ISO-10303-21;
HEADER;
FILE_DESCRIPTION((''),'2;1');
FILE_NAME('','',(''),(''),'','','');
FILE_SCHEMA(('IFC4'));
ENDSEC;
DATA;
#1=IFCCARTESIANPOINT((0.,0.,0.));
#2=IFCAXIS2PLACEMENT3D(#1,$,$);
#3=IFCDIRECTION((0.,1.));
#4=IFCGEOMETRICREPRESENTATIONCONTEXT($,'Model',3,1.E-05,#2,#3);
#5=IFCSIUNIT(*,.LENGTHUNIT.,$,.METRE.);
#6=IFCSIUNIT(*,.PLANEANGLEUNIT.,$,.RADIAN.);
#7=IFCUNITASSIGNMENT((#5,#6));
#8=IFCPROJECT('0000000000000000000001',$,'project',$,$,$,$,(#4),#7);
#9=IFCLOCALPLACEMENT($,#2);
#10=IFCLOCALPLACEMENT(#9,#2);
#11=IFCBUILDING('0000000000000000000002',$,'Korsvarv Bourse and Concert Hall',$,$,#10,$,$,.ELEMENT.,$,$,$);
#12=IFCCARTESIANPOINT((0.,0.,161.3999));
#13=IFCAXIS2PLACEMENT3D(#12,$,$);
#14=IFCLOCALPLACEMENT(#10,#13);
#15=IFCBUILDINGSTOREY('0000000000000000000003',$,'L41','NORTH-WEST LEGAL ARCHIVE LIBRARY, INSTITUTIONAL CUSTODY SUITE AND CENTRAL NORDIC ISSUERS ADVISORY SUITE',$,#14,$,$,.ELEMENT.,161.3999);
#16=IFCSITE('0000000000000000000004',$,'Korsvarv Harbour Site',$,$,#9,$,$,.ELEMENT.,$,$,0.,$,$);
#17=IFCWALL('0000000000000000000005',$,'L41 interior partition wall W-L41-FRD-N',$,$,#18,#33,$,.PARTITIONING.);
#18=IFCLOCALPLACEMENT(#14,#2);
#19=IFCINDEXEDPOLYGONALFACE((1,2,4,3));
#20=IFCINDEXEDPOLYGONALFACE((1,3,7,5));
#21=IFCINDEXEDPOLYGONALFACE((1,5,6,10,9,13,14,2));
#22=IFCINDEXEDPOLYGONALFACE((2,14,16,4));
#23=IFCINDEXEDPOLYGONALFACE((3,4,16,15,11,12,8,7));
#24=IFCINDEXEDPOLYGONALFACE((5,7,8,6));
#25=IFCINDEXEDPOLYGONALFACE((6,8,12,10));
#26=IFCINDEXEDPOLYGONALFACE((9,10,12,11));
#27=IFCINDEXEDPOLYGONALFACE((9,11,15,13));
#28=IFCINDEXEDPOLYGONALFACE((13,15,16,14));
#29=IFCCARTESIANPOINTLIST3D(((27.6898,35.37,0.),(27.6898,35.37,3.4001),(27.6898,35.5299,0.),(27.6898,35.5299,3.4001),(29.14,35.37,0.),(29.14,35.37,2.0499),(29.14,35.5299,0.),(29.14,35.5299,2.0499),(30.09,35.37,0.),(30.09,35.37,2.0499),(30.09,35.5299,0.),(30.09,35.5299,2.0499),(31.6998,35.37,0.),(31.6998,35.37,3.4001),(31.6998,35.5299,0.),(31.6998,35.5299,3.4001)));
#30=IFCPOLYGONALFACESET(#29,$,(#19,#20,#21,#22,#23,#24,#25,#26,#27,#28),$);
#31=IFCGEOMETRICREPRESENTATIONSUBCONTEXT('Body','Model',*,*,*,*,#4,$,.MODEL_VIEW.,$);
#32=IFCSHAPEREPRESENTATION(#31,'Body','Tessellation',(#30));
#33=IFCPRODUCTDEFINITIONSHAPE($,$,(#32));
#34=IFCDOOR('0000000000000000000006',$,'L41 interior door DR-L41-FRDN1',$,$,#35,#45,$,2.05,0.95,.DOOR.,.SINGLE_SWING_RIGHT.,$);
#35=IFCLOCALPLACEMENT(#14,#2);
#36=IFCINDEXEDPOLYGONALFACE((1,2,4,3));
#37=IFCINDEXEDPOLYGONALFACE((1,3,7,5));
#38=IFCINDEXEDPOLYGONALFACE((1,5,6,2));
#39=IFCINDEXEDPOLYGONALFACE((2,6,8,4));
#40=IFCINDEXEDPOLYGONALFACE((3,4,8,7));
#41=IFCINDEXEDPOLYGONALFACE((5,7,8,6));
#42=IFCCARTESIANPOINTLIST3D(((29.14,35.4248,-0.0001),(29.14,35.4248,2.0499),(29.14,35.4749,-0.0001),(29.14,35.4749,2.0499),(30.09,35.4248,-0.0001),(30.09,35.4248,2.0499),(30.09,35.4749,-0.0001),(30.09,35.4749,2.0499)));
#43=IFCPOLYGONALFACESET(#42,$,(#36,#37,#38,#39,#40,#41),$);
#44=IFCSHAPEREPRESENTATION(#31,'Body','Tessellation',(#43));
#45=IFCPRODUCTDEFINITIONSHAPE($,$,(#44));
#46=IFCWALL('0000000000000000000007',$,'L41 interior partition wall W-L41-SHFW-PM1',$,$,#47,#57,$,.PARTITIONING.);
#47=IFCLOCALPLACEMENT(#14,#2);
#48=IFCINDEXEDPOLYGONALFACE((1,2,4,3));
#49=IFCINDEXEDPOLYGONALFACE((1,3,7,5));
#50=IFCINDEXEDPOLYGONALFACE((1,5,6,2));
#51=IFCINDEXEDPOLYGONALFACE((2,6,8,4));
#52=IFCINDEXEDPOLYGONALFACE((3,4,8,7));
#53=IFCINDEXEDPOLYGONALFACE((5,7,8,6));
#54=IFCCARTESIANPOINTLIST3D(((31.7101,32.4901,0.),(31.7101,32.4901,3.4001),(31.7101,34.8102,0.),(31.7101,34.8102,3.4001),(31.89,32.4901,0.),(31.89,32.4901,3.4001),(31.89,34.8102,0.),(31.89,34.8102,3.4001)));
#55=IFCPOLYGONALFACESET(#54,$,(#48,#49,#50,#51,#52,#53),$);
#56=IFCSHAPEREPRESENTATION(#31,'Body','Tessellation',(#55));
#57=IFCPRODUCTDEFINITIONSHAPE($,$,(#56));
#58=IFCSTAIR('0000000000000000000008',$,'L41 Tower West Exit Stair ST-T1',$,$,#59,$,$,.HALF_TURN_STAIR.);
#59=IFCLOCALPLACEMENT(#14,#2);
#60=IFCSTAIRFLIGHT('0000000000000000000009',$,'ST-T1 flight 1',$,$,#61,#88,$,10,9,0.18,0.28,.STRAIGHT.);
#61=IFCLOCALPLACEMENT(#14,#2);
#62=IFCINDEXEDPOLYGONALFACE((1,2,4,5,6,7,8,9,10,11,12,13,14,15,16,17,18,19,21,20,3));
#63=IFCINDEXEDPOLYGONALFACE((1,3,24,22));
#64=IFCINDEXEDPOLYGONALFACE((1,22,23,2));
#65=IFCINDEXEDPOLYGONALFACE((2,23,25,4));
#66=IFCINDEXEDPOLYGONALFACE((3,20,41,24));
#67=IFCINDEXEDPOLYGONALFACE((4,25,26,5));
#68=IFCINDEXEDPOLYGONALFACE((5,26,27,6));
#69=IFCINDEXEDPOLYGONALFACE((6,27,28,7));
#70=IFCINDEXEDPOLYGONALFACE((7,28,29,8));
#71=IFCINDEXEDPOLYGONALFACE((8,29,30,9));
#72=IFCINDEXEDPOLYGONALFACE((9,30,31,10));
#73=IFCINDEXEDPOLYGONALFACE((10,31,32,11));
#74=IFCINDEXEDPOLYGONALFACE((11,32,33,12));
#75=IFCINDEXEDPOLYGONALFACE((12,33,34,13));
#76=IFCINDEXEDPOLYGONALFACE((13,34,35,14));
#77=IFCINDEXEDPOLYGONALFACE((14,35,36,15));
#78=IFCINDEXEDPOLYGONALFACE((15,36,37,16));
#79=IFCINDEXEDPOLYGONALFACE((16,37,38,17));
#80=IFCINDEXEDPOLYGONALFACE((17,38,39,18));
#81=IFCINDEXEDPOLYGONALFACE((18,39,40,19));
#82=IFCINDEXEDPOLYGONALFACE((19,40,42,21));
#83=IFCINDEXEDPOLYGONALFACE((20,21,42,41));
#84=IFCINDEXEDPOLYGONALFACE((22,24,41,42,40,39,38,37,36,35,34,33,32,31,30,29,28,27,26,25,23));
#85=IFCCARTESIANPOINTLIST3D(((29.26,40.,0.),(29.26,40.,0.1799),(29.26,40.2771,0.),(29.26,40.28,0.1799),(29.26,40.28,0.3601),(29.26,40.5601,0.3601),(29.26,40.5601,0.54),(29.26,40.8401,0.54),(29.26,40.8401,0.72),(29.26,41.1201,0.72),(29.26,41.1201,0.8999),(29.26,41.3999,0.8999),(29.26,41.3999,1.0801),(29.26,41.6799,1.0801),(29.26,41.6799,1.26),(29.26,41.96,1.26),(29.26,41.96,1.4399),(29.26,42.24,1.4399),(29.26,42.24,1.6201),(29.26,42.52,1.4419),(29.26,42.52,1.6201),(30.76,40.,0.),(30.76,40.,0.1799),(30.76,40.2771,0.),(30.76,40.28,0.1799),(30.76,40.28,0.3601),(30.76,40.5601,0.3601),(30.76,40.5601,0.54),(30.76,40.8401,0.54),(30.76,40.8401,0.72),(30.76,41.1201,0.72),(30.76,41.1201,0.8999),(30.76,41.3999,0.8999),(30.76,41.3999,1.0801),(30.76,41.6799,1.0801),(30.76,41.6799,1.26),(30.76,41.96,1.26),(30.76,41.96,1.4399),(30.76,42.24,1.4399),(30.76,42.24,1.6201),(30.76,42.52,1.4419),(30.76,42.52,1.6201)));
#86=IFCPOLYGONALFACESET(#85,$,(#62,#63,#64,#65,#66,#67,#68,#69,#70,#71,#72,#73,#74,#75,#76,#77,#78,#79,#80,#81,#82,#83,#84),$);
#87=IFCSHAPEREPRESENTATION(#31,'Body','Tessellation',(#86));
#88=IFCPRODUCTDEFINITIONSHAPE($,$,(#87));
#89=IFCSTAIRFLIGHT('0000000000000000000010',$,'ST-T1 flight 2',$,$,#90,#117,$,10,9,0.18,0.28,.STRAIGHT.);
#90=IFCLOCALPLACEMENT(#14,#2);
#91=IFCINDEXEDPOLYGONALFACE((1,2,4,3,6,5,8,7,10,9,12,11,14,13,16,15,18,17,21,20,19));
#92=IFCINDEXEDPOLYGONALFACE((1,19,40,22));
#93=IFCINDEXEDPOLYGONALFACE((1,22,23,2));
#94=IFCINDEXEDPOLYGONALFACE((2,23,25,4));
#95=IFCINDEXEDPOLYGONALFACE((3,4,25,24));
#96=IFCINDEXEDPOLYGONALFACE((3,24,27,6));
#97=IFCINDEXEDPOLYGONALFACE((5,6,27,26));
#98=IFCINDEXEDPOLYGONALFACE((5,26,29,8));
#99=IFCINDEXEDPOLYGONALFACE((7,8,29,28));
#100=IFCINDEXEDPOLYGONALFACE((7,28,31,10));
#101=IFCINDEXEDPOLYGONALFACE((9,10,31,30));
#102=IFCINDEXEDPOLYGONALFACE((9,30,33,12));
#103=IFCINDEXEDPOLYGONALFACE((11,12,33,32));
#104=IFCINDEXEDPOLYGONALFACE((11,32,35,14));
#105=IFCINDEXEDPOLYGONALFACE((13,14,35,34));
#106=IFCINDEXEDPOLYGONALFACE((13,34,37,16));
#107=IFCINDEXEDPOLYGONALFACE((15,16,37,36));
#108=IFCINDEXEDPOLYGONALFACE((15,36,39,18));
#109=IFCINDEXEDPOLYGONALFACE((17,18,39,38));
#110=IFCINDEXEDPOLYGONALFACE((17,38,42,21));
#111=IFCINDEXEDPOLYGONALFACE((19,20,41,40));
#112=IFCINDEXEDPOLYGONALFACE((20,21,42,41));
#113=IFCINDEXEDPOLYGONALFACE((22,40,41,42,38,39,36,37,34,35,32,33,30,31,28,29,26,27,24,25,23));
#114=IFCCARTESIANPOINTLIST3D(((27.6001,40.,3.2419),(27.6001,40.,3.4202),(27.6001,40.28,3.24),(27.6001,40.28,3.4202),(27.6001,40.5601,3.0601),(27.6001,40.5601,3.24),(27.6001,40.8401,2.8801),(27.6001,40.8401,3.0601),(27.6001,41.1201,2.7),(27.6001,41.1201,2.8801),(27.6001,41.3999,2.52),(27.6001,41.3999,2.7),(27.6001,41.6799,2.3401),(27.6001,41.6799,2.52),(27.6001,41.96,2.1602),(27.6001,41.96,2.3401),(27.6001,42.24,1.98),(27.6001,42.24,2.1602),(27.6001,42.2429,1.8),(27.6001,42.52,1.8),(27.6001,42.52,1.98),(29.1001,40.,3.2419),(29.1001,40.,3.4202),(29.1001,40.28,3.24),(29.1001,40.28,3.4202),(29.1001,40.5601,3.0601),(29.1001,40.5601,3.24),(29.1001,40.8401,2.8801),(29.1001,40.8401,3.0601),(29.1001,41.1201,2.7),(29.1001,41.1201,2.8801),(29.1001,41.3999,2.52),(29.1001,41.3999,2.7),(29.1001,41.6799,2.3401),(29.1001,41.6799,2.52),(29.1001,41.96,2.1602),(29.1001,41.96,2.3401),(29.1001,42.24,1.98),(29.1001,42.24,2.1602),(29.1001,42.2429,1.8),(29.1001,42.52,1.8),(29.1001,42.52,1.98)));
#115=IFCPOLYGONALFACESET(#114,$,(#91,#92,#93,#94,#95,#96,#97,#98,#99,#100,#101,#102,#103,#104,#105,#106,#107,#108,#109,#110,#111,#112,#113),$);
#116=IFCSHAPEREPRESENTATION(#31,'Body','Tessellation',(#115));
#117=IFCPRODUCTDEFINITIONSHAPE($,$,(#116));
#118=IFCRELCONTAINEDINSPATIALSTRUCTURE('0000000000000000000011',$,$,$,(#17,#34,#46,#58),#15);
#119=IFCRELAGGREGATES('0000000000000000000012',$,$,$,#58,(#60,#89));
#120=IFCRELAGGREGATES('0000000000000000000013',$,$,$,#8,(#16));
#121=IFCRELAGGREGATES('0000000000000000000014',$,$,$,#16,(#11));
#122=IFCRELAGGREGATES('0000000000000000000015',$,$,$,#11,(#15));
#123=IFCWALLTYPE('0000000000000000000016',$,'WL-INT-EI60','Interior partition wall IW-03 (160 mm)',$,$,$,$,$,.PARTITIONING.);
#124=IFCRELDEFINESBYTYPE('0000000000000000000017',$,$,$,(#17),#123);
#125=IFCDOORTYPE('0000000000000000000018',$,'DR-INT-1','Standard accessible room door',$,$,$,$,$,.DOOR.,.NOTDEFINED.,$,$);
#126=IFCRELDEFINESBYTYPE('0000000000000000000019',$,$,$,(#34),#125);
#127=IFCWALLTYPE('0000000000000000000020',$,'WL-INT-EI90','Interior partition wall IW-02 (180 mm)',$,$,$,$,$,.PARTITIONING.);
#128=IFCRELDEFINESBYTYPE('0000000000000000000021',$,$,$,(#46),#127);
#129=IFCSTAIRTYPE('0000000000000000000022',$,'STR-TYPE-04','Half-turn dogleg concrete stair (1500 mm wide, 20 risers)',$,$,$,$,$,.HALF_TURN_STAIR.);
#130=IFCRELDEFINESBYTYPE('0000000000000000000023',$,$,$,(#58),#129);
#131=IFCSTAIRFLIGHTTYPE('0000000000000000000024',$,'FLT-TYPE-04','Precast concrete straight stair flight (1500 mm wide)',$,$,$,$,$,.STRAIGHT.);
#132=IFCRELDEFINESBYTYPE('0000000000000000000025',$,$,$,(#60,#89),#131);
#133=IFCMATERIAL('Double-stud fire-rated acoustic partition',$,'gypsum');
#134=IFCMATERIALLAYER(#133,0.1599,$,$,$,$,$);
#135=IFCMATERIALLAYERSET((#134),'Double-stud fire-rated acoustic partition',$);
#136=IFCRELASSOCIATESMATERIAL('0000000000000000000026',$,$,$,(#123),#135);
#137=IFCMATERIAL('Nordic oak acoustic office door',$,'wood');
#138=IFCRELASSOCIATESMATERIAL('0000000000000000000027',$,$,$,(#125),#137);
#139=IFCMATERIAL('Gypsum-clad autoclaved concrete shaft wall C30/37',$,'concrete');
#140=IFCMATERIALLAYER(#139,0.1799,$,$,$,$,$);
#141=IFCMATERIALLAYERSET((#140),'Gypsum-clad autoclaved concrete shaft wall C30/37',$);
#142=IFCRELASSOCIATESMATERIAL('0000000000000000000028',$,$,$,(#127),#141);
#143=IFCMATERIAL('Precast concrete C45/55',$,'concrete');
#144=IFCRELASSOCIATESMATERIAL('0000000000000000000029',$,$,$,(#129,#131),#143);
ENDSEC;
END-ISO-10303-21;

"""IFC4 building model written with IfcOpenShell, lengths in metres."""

from ifc_helpers import new_model, si_unit, direction, frame, frame_2d, origin, place, context, subcontext, project, spatial, polyline, rectangle, outline, extrude, material, layer, layer_set, type_object, element, fill, aggregate, save


model = new_model("IFC4")

# Units and contexts
model_context = context("Model", 3, precision=1e-05, world=origin(), true_north=direction((0.0, 1.0)))
body_context = subcontext(model_context, "Body", "Model", "MODEL_VIEW")
ifc_project = project(units=[si_unit("LENGTHUNIT", "METRE"), si_unit("PLANEANGLEUNIT", "RADIAN")], contexts=[model_context])

# Site, building, storey
site_placement = place(None, origin())
site = spatial("IfcSite", under=ifc_project, at=site_placement, Name="Korsvarv Harbour Site", CompositionType="ELEMENT", RefElevation=0.0)
building_placement = place(site_placement, origin())
building = spatial("IfcBuilding", under=site, at=building_placement, Name="Korsvarv Bourse and Concert Hall", CompositionType="ELEMENT")
storey_placement = place(building_placement, frame((0.0, 0.0, 161.3999)))
storey = spatial("IfcBuildingStorey", under=building, at=storey_placement, Name="L41", Description="NORTH-WEST LEGAL ARCHIVE LIBRARY, INSTITUTIONAL CUSTODY SUITE AND CENTRAL NORDIC ISSUERS ADVISORY SUITE", CompositionType="ELEMENT", Elevation=161.3999)

# Shared definitions
ifc_material_1 = material(Name="Double-stud fire-rated acoustic partition", Category="gypsum")
ifc_layer_1 = layer(ifc_material_1, 0.1599)
ifc_layer_set_1 = layer_set([ifc_layer_1], Name="Double-stud fire-rated acoustic partition")
wall_type_1 = type_object("IfcWallType", Name="WL-INT-EI60", Description="Interior partition wall IW-03 (160 mm)", PredefinedType="PARTITIONING", material=ifc_layer_set_1)

# Wall, opening, door
wall_1_placement = place(storey_placement, frame((27.6899, 35.45, 0.0), z_axis=(0.0, 0.0, 1.0), x_axis=(1.0, 0.0, 0.0)))
wall_1 = element("IfcWall", 1, at=wall_1_placement, inside=storey, type_object=wall_type_1, Name="L41 interior partition wall W-L41-FRD-N", PredefinedType="PARTITIONING", context=body_context, shape_type="SweptSolid", body=[
    extrude(rectangle(XDim=4.01, YDim=0.1599, at=frame_2d((2.0049, 0.0))), origin(), (0.0, 0.0, 1.0), 3.4001),
])
opening_1_placement = place(wall_1_placement, frame((1.45, 0.0, 0.0)))
opening_1 = element("IfcOpeningElement", 2, at=opening_1_placement, cuts=wall_1, PredefinedType="OPENING", context=body_context, shape_type="SweptSolid", body=[
    extrude(rectangle(XDim=0.95, YDim=2.05, at=frame_2d((0.4751, 1.0249))), frame((0.0, 0.0898, 0.0), z_axis=(0.0, -1.0, 0.0), x_axis=(1.0, 0.0, 0.0)), (0.0, 0.0, 1.0), 0.1799),
])
ifc_material_2 = material(Name="Nordic oak acoustic office door", Category="wood")
door_type_1 = type_object("IfcDoorType", Name="DR-INT-1", Description="Standard accessible room door", OperationType="NOTDEFINED", PredefinedType="DOOR", material=ifc_material_2)
door_1_placement = place(opening_1_placement, origin())
door_1 = element("IfcDoor", 3, at=door_1_placement, inside=storey, type_object=door_type_1, Name="L41 interior door DR-L41-FRDN1", OperationType="SINGLE_SWING_RIGHT", OverallHeight=2.05, OverallWidth=0.95, PredefinedType="DOOR", context=body_context, shape_type="SweptSolid", body=[
    extrude(rectangle(XDim=0.95, YDim=2.05, at=frame_2d((0.4751, 1.0249))), frame((0.0, 0.0249, 0.0), z_axis=(0.0, -1.0, 0.0), x_axis=(1.0, 0.0, 0.0)), (0.0, 0.0, 1.0), 0.05),
])
fill(opening_1, door_1)

# Wall
ifc_material_3 = material(Name="Gypsum-clad autoclaved concrete shaft wall C30/37", Category="concrete")
ifc_layer_2 = layer(ifc_material_3, 0.1799)
ifc_layer_set_2 = layer_set([ifc_layer_2], Name="Gypsum-clad autoclaved concrete shaft wall C30/37")
wall_type_2 = type_object("IfcWallType", Name="WL-INT-EI90", Description="Interior partition wall IW-02 (180 mm)", PredefinedType="PARTITIONING", material=ifc_layer_set_2)
wall_2_placement = place(storey_placement, frame((31.8, 32.49, 0.0), z_axis=(0.0, 0.0, 1.0), x_axis=(0.0, 1.0, 0.0)))
element("IfcWall", 4, at=wall_2_placement, inside=storey, type_object=wall_type_2, Name="L41 interior partition wall W-L41-SHFW-PM1", PredefinedType="PARTITIONING", context=body_context, shape_type="SweptSolid", body=[
    extrude(rectangle(XDim=2.3201, YDim=0.1799, at=frame_2d((1.1602, 0.0))), origin(), (0.0, 0.0, 1.0), 3.4001),
])

# Stair, stair flights
ifc_material_4 = material(Name="Precast concrete C45/55", Category="concrete")
stair_type = type_object("IfcStairType", Name="STR-TYPE-04", Description="Half-turn dogleg concrete stair (1500 mm wide, 20 risers)", PredefinedType="HALF_TURN_STAIR", material=ifc_material_4)
stair_placement = place(storey_placement, origin())
stair = element("IfcStair", 5, at=stair_placement, inside=storey, type_object=stair_type, Name="L41 Tower West Exit Stair ST-T1", PredefinedType="HALF_TURN_STAIR")
stair_flight_type = type_object("IfcStairFlightType", Name="FLT-TYPE-04", Description="Precast concrete straight stair flight (1500 mm wide)", PredefinedType="STRAIGHT", material=ifc_material_4)
stair_flight_1_placement = place(storey_placement, frame((30.01, 40.0, 0.0), z_axis=(0.0, 0.0, 1.0), x_axis=(0.0, 1.0, 0.0)))
stair_flight_1 = element("IfcStairFlight", 6, at=stair_flight_1_placement, type_object=stair_flight_type, Name="ST-T1 flight 1", NumberOfRisers=10, NumberOfTreads=9, PredefinedType="STRAIGHT", RiserHeight=0.18, TreadLength=0.28, context=body_context, shape_type="SweptSolid", body=[
    extrude(outline(polyline([(0.0, 0.0), (0.0, 0.1799), (0.28, 0.1799), (0.28, 0.3601), (0.5601, 0.3601), (0.5601, 0.54), (0.8401, 0.54), (0.8401, 0.72), (1.1201, 0.72), (1.1201, 0.8999), (1.3999, 0.8999), (1.3999, 1.0801), (1.6799, 1.0801), (1.6799, 1.26), (1.96, 1.26), (1.96, 1.4399), (2.24, 1.4399), (2.24, 1.6201), (2.52, 1.6201), (2.52, 1.8), (2.52, 1.4419), (0.2771, 0.0), (0.0, 0.0)])), frame((0.0, 0.75, 0.0), z_axis=(0.0, -1.0, 0.0), x_axis=(1.0, 0.0, 0.0)), (0.0, 0.0, 1.0), 1.5),
])
stair_flight_2_placement = place(storey_placement, frame((28.3501, 42.52, 1.8), z_axis=(0.0, 0.0, 1.0), x_axis=(0.0, -1.0, 0.0)))
stair_flight_2 = element("IfcStairFlight", 7, at=stair_flight_2_placement, type_object=stair_flight_type, Name="ST-T1 flight 2", NumberOfRisers=10, NumberOfTreads=9, PredefinedType="STRAIGHT", RiserHeight=0.18, TreadLength=0.28, context=body_context, shape_type="SweptSolid", body=[
    extrude(outline(polyline([(0.0, 0.0), (0.0, 0.1799), (0.28, 0.1799), (0.28, 0.3601), (0.5601, 0.3601), (0.5601, 0.54), (0.8401, 0.54), (0.8401, 0.72), (1.1201, 0.72), (1.1201, 0.8999), (1.3999, 0.8999), (1.3999, 1.0801), (1.6799, 1.0801), (1.6799, 1.26), (1.96, 1.26), (1.96, 1.4399), (2.24, 1.4399), (2.24, 1.6201), (2.52, 1.6201), (2.52, 1.8), (2.52, 1.4419), (0.2771, 0.0), (0.0, 0.0)])), frame((0.0, 0.75, 0.0), z_axis=(0.0, -1.0, 0.0), x_axis=(1.0, 0.0, 0.0)), (0.0, 0.0, 1.0), 1.5),
])
aggregate(stair, [stair_flight_1, stair_flight_2])

save(model, "model.ifc")
